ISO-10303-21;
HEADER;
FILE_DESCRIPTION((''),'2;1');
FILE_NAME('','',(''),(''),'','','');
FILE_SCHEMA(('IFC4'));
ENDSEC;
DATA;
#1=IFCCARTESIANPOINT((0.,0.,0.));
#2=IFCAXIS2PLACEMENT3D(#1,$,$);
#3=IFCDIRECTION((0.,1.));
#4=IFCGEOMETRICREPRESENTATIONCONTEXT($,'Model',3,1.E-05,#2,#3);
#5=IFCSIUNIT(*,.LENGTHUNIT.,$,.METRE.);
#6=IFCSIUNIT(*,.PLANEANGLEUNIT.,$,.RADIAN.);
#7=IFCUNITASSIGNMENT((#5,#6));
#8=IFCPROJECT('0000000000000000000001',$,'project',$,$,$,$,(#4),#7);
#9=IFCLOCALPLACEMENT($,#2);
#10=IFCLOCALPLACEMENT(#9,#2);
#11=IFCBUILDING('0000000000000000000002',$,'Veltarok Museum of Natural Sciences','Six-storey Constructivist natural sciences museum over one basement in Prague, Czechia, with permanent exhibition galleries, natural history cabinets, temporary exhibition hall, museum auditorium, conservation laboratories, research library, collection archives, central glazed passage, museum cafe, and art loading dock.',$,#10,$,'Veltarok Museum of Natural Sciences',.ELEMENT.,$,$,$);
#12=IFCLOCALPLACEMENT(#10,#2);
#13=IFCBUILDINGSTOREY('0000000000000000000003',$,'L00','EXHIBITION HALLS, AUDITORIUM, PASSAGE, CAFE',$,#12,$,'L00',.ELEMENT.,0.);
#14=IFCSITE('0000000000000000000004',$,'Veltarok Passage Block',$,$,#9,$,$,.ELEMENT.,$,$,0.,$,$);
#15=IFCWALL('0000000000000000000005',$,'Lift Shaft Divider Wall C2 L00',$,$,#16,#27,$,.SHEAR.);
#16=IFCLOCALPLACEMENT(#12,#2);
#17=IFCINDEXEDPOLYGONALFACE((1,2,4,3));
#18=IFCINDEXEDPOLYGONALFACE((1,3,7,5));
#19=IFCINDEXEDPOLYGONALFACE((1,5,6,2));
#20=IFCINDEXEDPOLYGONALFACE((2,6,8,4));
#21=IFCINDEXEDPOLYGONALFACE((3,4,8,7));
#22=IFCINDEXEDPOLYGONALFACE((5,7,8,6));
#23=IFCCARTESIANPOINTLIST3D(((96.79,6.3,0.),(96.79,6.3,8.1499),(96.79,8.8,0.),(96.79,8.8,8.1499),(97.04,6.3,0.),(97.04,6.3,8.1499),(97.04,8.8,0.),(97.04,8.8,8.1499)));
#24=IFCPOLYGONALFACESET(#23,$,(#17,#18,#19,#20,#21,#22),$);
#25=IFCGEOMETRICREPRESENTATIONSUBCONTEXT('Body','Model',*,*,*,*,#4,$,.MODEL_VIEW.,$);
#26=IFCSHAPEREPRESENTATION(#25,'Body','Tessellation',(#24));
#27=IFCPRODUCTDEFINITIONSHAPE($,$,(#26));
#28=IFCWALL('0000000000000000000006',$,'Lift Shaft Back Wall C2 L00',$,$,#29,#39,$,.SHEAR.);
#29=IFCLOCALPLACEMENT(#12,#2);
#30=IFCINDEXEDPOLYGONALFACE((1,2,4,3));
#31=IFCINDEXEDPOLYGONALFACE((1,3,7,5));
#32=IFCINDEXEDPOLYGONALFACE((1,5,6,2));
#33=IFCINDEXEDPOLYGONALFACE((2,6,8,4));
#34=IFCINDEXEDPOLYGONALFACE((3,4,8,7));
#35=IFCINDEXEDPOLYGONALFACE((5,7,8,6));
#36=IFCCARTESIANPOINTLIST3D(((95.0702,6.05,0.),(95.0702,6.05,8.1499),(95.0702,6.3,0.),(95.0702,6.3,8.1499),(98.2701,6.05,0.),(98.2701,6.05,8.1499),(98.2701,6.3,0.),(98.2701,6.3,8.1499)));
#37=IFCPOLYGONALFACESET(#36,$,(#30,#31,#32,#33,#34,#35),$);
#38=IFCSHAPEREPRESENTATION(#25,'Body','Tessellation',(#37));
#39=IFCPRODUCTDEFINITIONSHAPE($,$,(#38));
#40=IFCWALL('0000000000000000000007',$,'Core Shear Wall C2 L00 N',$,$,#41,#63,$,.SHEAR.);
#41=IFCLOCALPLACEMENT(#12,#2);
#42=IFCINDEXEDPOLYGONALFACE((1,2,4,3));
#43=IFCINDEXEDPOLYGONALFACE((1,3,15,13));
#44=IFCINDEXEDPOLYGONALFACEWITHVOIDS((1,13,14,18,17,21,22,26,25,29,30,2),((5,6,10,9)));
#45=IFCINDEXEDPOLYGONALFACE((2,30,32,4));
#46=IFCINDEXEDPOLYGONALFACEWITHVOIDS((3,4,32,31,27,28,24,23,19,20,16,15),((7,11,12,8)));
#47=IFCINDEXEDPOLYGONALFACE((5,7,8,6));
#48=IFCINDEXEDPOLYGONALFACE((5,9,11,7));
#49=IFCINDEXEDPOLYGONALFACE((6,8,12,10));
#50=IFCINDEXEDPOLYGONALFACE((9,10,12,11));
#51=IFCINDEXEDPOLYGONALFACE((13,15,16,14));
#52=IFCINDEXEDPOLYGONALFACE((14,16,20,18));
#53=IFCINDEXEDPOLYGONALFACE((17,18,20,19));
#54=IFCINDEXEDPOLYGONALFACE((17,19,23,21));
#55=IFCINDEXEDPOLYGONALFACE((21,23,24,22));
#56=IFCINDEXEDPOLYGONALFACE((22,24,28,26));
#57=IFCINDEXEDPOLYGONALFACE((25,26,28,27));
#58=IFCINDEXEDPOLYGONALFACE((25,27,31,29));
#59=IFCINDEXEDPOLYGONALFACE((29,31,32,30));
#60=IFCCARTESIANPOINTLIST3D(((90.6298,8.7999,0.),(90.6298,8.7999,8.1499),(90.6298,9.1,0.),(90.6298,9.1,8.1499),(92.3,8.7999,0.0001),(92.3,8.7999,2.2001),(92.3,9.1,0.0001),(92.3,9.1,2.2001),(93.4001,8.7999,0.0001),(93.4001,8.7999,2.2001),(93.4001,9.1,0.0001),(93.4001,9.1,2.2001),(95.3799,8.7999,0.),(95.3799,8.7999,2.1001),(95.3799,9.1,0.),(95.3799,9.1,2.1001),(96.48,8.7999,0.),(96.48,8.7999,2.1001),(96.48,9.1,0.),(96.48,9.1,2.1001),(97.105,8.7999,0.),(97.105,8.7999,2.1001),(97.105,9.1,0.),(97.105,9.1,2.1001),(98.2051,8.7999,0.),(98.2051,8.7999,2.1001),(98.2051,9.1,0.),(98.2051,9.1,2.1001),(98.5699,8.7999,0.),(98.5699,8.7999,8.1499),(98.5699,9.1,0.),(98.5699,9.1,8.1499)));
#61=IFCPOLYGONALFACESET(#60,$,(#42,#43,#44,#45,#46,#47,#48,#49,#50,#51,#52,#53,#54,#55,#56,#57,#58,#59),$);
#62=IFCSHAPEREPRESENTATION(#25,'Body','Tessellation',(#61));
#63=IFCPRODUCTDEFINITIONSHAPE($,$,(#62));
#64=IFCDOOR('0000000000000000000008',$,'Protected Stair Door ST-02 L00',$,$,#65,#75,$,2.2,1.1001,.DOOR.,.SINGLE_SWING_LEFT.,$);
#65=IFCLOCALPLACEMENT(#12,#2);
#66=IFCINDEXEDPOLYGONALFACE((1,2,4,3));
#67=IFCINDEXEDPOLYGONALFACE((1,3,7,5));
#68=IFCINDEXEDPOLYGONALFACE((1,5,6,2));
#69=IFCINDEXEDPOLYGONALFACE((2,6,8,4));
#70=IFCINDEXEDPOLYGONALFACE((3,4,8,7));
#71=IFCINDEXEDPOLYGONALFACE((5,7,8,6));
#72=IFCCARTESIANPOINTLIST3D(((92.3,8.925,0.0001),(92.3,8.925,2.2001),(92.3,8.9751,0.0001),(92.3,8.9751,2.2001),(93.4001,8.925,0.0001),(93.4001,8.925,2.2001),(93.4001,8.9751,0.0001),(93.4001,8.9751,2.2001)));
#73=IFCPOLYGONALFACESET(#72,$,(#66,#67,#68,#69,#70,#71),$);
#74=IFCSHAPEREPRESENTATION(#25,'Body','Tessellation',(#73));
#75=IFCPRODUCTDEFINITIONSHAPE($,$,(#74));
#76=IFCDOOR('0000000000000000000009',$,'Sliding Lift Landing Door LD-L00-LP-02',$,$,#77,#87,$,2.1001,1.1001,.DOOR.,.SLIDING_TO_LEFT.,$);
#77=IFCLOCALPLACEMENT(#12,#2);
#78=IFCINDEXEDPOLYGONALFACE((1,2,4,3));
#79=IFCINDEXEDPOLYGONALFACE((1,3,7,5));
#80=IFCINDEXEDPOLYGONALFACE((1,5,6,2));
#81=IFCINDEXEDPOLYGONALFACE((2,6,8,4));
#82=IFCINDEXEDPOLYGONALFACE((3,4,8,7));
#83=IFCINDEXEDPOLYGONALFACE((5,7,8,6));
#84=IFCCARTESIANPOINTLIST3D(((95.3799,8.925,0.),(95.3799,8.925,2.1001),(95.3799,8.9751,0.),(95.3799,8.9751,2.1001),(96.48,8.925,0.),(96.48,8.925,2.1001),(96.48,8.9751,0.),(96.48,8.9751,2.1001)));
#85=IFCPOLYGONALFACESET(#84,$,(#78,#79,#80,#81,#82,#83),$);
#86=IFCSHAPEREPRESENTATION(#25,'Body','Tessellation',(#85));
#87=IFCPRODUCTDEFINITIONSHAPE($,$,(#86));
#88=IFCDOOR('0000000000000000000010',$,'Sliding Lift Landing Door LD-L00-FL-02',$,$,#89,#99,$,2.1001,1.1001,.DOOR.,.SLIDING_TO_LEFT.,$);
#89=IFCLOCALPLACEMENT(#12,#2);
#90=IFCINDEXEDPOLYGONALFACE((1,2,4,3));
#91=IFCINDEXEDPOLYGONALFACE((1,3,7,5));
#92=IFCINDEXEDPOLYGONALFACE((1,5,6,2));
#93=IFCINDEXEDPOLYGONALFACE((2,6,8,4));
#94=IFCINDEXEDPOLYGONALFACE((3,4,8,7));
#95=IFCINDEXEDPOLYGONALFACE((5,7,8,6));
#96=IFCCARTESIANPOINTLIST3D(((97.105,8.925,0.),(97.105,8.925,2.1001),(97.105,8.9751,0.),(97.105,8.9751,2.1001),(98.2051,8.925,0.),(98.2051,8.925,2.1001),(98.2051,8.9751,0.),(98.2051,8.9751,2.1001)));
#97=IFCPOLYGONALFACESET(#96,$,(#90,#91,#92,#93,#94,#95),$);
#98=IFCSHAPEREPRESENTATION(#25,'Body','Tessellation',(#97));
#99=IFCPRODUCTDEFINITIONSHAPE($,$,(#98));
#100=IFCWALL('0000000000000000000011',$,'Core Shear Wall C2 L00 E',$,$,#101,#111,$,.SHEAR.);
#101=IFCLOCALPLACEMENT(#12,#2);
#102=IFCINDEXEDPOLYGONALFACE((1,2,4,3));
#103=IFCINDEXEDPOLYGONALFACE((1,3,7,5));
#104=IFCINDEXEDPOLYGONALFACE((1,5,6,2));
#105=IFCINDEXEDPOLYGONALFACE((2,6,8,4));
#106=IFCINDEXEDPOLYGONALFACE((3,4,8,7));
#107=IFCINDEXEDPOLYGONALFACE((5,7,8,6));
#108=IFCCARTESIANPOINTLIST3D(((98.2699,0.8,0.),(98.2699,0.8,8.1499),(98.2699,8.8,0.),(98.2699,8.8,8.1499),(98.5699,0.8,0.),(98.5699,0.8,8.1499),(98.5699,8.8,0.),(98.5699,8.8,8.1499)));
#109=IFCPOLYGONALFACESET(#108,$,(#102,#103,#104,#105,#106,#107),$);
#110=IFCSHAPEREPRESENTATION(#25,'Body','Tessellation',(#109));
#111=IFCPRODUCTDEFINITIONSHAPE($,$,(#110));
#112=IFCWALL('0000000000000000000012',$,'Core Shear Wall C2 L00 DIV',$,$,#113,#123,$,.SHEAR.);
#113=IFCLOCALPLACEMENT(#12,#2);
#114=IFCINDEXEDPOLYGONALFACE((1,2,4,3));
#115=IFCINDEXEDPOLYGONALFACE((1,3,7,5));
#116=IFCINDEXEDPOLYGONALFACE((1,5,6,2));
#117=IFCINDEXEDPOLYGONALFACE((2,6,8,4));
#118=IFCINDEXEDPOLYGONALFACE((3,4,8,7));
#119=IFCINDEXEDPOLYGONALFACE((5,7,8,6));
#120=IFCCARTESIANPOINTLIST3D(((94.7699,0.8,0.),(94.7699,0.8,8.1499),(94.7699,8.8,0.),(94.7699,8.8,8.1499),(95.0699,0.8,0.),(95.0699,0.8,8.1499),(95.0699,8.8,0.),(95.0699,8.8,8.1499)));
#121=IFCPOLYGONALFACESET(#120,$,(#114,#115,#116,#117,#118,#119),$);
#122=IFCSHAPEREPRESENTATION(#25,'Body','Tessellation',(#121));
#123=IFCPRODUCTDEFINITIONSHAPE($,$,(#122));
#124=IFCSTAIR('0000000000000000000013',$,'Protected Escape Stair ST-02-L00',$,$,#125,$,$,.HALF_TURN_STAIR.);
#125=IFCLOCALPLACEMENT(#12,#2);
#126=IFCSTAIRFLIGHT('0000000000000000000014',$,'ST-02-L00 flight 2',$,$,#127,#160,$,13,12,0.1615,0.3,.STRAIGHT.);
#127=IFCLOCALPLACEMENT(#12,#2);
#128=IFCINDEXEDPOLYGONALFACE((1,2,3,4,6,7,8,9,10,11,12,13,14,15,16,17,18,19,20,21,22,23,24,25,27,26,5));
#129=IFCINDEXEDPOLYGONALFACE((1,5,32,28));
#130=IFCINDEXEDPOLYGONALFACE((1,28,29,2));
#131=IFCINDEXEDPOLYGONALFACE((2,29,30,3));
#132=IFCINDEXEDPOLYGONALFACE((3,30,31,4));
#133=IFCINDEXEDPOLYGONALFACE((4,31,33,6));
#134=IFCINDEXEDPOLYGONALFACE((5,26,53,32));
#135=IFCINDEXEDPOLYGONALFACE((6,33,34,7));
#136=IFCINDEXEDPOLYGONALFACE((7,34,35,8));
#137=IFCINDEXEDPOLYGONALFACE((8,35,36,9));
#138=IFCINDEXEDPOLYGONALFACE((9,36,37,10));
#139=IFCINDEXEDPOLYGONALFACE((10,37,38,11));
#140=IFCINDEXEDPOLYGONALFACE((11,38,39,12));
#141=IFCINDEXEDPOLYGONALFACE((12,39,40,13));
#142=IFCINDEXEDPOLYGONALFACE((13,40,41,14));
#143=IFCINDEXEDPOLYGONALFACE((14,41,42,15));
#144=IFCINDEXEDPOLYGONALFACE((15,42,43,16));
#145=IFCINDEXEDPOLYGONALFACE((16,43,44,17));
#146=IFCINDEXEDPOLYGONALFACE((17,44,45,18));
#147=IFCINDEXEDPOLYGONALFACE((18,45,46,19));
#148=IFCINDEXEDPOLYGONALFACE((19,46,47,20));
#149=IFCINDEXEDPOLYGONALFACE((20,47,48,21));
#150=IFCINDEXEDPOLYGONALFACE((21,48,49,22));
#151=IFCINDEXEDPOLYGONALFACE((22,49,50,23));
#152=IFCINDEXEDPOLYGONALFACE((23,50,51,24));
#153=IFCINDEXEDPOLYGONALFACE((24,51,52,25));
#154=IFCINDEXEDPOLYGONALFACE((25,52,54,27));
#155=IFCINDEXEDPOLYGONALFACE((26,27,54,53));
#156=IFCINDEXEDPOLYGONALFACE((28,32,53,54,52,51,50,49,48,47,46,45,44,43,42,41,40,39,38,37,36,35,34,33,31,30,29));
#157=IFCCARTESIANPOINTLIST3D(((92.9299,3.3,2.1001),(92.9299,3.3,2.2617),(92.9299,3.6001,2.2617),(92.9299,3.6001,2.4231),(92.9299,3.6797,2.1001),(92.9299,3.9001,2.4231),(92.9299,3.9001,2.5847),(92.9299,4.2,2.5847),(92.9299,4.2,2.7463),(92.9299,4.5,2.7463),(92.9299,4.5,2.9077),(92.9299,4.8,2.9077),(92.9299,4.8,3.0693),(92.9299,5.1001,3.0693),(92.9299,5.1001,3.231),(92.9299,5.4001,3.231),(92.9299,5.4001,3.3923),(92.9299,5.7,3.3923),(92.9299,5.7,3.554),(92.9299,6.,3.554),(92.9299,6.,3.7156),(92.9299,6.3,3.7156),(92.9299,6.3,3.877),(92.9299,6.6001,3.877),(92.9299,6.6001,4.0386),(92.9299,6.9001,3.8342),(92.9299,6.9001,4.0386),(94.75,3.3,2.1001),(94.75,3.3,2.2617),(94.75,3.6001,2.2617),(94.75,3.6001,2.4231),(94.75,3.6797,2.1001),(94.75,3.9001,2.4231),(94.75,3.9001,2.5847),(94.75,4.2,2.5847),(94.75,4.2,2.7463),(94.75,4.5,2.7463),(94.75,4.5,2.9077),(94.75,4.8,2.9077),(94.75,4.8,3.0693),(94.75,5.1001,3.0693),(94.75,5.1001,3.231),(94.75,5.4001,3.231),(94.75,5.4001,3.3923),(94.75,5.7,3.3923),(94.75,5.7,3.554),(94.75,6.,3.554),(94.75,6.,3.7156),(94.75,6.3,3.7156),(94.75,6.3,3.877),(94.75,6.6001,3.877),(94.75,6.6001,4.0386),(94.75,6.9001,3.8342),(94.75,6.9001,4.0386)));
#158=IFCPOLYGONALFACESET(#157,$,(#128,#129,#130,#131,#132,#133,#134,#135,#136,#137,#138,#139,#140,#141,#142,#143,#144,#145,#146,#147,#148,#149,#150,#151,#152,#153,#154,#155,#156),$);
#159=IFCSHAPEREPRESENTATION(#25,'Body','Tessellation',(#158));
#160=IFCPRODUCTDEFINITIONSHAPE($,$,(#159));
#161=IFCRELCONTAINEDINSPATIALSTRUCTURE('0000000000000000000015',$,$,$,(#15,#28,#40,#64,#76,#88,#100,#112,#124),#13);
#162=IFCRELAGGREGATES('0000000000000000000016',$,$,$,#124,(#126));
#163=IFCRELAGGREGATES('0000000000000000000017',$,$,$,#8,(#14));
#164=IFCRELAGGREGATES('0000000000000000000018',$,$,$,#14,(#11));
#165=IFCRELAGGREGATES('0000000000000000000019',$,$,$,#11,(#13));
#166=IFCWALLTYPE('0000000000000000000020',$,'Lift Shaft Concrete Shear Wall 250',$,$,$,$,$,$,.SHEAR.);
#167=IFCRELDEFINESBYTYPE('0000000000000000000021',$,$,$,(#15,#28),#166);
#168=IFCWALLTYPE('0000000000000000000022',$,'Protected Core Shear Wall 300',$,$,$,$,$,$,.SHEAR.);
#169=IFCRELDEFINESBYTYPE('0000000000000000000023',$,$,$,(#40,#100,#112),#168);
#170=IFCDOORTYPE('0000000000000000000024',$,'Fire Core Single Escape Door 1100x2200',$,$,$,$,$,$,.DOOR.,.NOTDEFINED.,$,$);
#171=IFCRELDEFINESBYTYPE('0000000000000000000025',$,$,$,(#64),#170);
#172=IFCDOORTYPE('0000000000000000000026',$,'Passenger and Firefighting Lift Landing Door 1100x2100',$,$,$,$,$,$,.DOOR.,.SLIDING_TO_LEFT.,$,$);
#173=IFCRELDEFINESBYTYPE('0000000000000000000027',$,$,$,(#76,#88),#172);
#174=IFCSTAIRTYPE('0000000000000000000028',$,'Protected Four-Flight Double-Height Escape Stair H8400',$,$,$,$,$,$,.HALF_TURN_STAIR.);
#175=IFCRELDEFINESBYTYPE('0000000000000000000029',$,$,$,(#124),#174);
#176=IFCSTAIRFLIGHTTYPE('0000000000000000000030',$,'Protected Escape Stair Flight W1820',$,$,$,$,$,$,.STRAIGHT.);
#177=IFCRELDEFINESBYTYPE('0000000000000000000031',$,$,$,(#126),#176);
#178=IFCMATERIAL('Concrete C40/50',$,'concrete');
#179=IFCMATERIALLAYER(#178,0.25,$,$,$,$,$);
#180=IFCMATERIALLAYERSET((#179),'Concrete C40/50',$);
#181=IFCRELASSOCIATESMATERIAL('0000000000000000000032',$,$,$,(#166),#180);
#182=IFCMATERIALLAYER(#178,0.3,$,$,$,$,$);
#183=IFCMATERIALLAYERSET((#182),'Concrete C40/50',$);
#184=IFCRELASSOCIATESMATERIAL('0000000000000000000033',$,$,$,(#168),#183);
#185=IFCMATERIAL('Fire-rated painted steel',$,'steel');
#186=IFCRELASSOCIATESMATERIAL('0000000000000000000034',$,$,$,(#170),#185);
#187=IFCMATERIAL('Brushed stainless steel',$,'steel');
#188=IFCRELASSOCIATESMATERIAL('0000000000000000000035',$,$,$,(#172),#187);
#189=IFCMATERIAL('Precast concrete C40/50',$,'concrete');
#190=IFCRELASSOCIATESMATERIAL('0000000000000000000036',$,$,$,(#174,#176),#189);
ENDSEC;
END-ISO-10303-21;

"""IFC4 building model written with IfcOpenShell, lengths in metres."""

from ifc_helpers import new_model, si_unit, direction, frame, frame_2d, origin, place, context, subcontext, project, spatial, polyline, rectangle, outline, extrude, material, layer, layer_set, type_object, element, fill, aggregate, save


model = new_model("IFC4")

# Units and contexts
model_context = context("Model", 3, precision=1e-05, world=origin(), true_north=direction((0.0, 1.0)))
body_context = subcontext(model_context, "Body", "Model", "MODEL_VIEW")
ifc_project = project(units=[si_unit("LENGTHUNIT", "METRE"), si_unit("PLANEANGLEUNIT", "RADIAN")], contexts=[model_context])

# Site, building, storey
site_placement = place(None, origin())
site = spatial("IfcSite", under=ifc_project, at=site_placement, Name="Veltarok Passage Block", CompositionType="ELEMENT", RefElevation=0.0)
building_placement = place(site_placement, origin())
building = spatial("IfcBuilding", under=site, at=building_placement, Name="Veltarok Museum of Natural Sciences", Description="Six-storey Constructivist natural sciences museum over one basement in Prague, Czechia, with permanent exhibition galleries, natural history cabinets, temporary exhibition hall, museum auditorium, conservation laboratories, research library, collection archives, central glazed passage, museum cafe, and art loading dock.", LongName="Veltarok Museum of Natural Sciences", CompositionType="ELEMENT")
storey_placement = place(building_placement, origin())
storey = spatial("IfcBuildingStorey", under=building, at=storey_placement, Name="L00", Description="EXHIBITION HALLS, AUDITORIUM, PASSAGE, CAFE", LongName="L00", CompositionType="ELEMENT", Elevation=0.0)

# Walls
ifc_material_1 = material(Name="Concrete C40/50", Category="concrete")
ifc_layer_1 = layer(ifc_material_1, 0.25)
ifc_layer_set_1 = layer_set([ifc_layer_1], Name="Concrete C40/50")
wall_type_1 = type_object("IfcWallType", Name="Lift Shaft Concrete Shear Wall 250", PredefinedType="SHEAR", material=ifc_layer_set_1)
wall_1_placement = place(storey_placement, frame((96.915, 6.3, 0.0), z_axis=(0.0, 0.0, 1.0), x_axis=(0.0, 1.0, 0.0)))
element("IfcWall", 1, at=wall_1_placement, inside=storey, type_object=wall_type_1, Name="Lift Shaft Divider Wall C2 L00", PredefinedType="SHEAR", context=body_context, shape_type="SweptSolid", body=[
    extrude(rectangle(XDim=2.5, YDim=0.25, at=frame_2d((1.25, 0.0))), origin(), (0.0, 0.0, 1.0), 8.1499),
])
wall_2_placement = place(storey_placement, frame((95.0701, 6.175, 0.0), z_axis=(0.0, 0.0, 1.0), x_axis=(1.0, 0.0, 0.0)))
element("IfcWall", 2, at=wall_2_placement, inside=storey, type_object=wall_type_1, Name="Lift Shaft Back Wall C2 L00", PredefinedType="SHEAR", context=body_context, shape_type="SweptSolid", body=[
    extrude(rectangle(XDim=3.2, YDim=0.25, at=frame_2d((1.6001, 0.0))), origin(), (0.0, 0.0, 1.0), 8.1499),
])

# Wall, openings, doors
ifc_layer_2 = layer(ifc_material_1, 0.3)
ifc_layer_set_2 = layer_set([ifc_layer_2], Name="Concrete C40/50")
wall_type_2 = type_object("IfcWallType", Name="Protected Core Shear Wall 300", PredefinedType="SHEAR", material=ifc_layer_set_2)
wall_3_placement = place(storey_placement, frame((98.5701, 8.95, 0.0), z_axis=(0.0, 0.0, 1.0), x_axis=(-1.0, 0.0, 0.0)))
wall_3 = element("IfcWall", 3, at=wall_3_placement, inside=storey, type_object=wall_type_2, Name="Core Shear Wall C2 L00 N", PredefinedType="SHEAR", context=body_context, shape_type="SweptSolid", body=[
    extrude(rectangle(XDim=7.9402, YDim=0.3, at=frame_2d((3.9702, 0.0))), origin(), (0.0, 0.0, 1.0), 8.1499),
])
opening_1_placement = place(wall_3_placement, frame((5.1699, 0.0, 0.0)))
opening_1 = element("IfcOpeningElement", 4, at=opening_1_placement, cuts=wall_3, PredefinedType="OPENING", context=body_context, shape_type="SweptSolid", body=[
    extrude(rectangle(XDim=1.1001, YDim=2.2, at=frame_2d((0.55, 1.1001))), frame((0.0, 0.1602, 0.0), z_axis=(0.0, -1.0, 0.0), x_axis=(1.0, 0.0, 0.0)), (0.0, 0.0, 1.0), 0.3201),
])
opening_2_placement = place(wall_3_placement, frame((2.0901, 0.0, 0.0)))
opening_2 = element("IfcOpeningElement", 5, at=opening_2_placement, cuts=wall_3, PredefinedType="OPENING", context=body_context, shape_type="SweptSolid", body=[
    extrude(rectangle(XDim=1.1001, YDim=2.1001, at=frame_2d((0.55, 1.05))), frame((0.0, 0.1602, 0.0), z_axis=(0.0, -1.0, 0.0), x_axis=(1.0, 0.0, 0.0)), (0.0, 0.0, 1.0), 0.3201),
])
opening_3_placement = place(wall_3_placement, frame((0.365, 0.0, 0.0)))
opening_3 = element("IfcOpeningElement", 6, at=opening_3_placement, cuts=wall_3, PredefinedType="OPENING", context=body_context, shape_type="SweptSolid", body=[
    extrude(rectangle(XDim=1.1001, YDim=2.1001, at=frame_2d((0.55, 1.05))), frame((0.0, 0.1602, 0.0), z_axis=(0.0, -1.0, 0.0), x_axis=(1.0, 0.0, 0.0)), (0.0, 0.0, 1.0), 0.3201),
])
ifc_material_2 = material(Name="Fire-rated painted steel", Category="steel")
door_type_1 = type_object("IfcDoorType", Name="Fire Core Single Escape Door 1100x2200", OperationType="NOTDEFINED", PredefinedType="DOOR", material=ifc_material_2)
door_1_placement = place(opening_1_placement, origin())
door_1 = element("IfcDoor", 7, at=door_1_placement, inside=storey, type_object=door_type_1, Name="Protected Stair Door ST-02 L00", OperationType="SINGLE_SWING_LEFT", OverallHeight=2.2, OverallWidth=1.1001, PredefinedType="DOOR", context=body_context, shape_type="SweptSolid", body=[
    extrude(rectangle(XDim=1.1001, YDim=2.2, at=frame_2d((0.55, 1.1001))), frame((0.0, 0.0249, 0.0), z_axis=(0.0, -1.0, 0.0), x_axis=(1.0, 0.0, 0.0)), (0.0, 0.0, 1.0), 0.05),
])
fill(opening_1, door_1)
ifc_material_3 = material(Name="Brushed stainless steel", Category="steel")
door_type_2 = type_object("IfcDoorType", Name="Passenger and Firefighting Lift Landing Door 1100x2100", OperationType="SLIDING_TO_LEFT", PredefinedType="DOOR", material=ifc_material_3)
door_2_placement = place(opening_2_placement, origin())
door_2 = element("IfcDoor", 8, at=door_2_placement, inside=storey, type_object=door_type_2, Name="Sliding Lift Landing Door LD-L00-LP-02", OperationType="SLIDING_TO_LEFT", OverallHeight=2.1001, OverallWidth=1.1001, PredefinedType="DOOR", context=body_context, shape_type="SweptSolid", body=[
    extrude(rectangle(XDim=1.1001, YDim=2.1001, at=frame_2d((0.55, 1.05))), frame((0.0, 0.0249, 0.0), z_axis=(0.0, -1.0, 0.0), x_axis=(1.0, 0.0, 0.0)), (0.0, 0.0, 1.0), 0.05),
])
fill(opening_2, door_2)
door_3_placement = place(opening_3_placement, origin())
door_3 = element("IfcDoor", 9, at=door_3_placement, inside=storey, type_object=door_type_2, Name="Sliding Lift Landing Door LD-L00-FL-02", OperationType="SLIDING_TO_LEFT", OverallHeight=2.1001, OverallWidth=1.1001, PredefinedType="DOOR", context=body_context, shape_type="SweptSolid", body=[
    extrude(rectangle(XDim=1.1001, YDim=2.1001, at=frame_2d((0.55, 1.05))), frame((0.0, 0.0249, 0.0), z_axis=(0.0, -1.0, 0.0), x_axis=(1.0, 0.0, 0.0)), (0.0, 0.0, 1.0), 0.05),
])
fill(opening_3, door_3)

# Walls
for number, where, z_axis, x_axis, name in (
    (10, (98.4199, 0.8, 0.0), (0.0, 0.0, 1.0), (0.0, 1.0, 0.0), "Core Shear Wall C2 L00 E"),
    (11, (94.9199, 0.8, 0.0), (0.0, 0.0, 1.0), (0.0, 1.0, 0.0), "Core Shear Wall C2 L00 DIV"),
):
    element("IfcWall", number, at=place(storey_placement, frame(where, z_axis=z_axis, x_axis=x_axis)), inside=storey, type_object=wall_type_2, Name=name, PredefinedType="SHEAR", context=body_context, shape_type="SweptSolid", body=[
        extrude(rectangle(XDim=8.0, YDim=0.3, at=frame_2d((4.0, 0.0))), origin(), (0.0, 0.0, 1.0), 8.1499),
    ])

# Stair, stair flight
ifc_material_4 = material(Name="Precast concrete C40/50", Category="concrete")
stair_type = type_object("IfcStairType", Name="Protected Four-Flight Double-Height Escape Stair H8400", PredefinedType="HALF_TURN_STAIR", material=ifc_material_4)
stair_placement = place(storey_placement, origin())
stair = element("IfcStair", 12, at=stair_placement, inside=storey, type_object=stair_type, Name="Protected Escape Stair ST-02-L00", PredefinedType="HALF_TURN_STAIR")
stair_flight_type = type_object("IfcStairFlightType", Name="Protected Escape Stair Flight W1820", PredefinedType="STRAIGHT", material=ifc_material_4)
stair_flight_1_placement = place(storey_placement, frame((93.8401, 3.3, 2.1001), z_axis=(0.0, 0.0, 1.0), x_axis=(0.0, 1.0, 0.0)))
stair_flight_1 = element("IfcStairFlight", 13, at=stair_flight_1_placement, type_object=stair_flight_type, Name="ST-02-L00 flight 2", NumberOfRisers=13, NumberOfTreads=12, PredefinedType="STRAIGHT", RiserHeight=0.1615, TreadLength=0.3, context=body_context, shape_type="SweptSolid", body=[
    extrude(outline(polyline([(0.0, 0.0), (0.0, 0.1616), (0.3, 0.1616), (0.3, 0.323), (0.6001, 0.323), (0.6001, 0.4846), (0.8999, 0.4846), (0.8999, 0.6462), (1.2, 0.6462), (1.2, 0.8076), (1.5, 0.8076), (1.5, 0.9692), (1.8, 0.9692), (1.8, 1.1309), (2.1001, 1.1309), (2.1001, 1.2922), (2.3999, 1.2922), (2.3999, 1.4539), (2.7, 1.4539), (2.7, 1.6155), (3.0, 1.6155), (3.0, 1.7769), (3.3, 1.7769), (3.3, 1.9385), (3.6001, 1.9385), (3.6001, 2.1001), (3.6001, 1.7341), (0.3796, 0.0), (0.0, 0.0)])), frame((0.0, 0.9102, 0.0), z_axis=(0.0, -1.0, 0.0), x_axis=(1.0, 0.0, 0.0)), (0.0, 0.0, 1.0), 1.8201),
])
aggregate(stair, [stair_flight_1])

save(model, "model.ifc")
